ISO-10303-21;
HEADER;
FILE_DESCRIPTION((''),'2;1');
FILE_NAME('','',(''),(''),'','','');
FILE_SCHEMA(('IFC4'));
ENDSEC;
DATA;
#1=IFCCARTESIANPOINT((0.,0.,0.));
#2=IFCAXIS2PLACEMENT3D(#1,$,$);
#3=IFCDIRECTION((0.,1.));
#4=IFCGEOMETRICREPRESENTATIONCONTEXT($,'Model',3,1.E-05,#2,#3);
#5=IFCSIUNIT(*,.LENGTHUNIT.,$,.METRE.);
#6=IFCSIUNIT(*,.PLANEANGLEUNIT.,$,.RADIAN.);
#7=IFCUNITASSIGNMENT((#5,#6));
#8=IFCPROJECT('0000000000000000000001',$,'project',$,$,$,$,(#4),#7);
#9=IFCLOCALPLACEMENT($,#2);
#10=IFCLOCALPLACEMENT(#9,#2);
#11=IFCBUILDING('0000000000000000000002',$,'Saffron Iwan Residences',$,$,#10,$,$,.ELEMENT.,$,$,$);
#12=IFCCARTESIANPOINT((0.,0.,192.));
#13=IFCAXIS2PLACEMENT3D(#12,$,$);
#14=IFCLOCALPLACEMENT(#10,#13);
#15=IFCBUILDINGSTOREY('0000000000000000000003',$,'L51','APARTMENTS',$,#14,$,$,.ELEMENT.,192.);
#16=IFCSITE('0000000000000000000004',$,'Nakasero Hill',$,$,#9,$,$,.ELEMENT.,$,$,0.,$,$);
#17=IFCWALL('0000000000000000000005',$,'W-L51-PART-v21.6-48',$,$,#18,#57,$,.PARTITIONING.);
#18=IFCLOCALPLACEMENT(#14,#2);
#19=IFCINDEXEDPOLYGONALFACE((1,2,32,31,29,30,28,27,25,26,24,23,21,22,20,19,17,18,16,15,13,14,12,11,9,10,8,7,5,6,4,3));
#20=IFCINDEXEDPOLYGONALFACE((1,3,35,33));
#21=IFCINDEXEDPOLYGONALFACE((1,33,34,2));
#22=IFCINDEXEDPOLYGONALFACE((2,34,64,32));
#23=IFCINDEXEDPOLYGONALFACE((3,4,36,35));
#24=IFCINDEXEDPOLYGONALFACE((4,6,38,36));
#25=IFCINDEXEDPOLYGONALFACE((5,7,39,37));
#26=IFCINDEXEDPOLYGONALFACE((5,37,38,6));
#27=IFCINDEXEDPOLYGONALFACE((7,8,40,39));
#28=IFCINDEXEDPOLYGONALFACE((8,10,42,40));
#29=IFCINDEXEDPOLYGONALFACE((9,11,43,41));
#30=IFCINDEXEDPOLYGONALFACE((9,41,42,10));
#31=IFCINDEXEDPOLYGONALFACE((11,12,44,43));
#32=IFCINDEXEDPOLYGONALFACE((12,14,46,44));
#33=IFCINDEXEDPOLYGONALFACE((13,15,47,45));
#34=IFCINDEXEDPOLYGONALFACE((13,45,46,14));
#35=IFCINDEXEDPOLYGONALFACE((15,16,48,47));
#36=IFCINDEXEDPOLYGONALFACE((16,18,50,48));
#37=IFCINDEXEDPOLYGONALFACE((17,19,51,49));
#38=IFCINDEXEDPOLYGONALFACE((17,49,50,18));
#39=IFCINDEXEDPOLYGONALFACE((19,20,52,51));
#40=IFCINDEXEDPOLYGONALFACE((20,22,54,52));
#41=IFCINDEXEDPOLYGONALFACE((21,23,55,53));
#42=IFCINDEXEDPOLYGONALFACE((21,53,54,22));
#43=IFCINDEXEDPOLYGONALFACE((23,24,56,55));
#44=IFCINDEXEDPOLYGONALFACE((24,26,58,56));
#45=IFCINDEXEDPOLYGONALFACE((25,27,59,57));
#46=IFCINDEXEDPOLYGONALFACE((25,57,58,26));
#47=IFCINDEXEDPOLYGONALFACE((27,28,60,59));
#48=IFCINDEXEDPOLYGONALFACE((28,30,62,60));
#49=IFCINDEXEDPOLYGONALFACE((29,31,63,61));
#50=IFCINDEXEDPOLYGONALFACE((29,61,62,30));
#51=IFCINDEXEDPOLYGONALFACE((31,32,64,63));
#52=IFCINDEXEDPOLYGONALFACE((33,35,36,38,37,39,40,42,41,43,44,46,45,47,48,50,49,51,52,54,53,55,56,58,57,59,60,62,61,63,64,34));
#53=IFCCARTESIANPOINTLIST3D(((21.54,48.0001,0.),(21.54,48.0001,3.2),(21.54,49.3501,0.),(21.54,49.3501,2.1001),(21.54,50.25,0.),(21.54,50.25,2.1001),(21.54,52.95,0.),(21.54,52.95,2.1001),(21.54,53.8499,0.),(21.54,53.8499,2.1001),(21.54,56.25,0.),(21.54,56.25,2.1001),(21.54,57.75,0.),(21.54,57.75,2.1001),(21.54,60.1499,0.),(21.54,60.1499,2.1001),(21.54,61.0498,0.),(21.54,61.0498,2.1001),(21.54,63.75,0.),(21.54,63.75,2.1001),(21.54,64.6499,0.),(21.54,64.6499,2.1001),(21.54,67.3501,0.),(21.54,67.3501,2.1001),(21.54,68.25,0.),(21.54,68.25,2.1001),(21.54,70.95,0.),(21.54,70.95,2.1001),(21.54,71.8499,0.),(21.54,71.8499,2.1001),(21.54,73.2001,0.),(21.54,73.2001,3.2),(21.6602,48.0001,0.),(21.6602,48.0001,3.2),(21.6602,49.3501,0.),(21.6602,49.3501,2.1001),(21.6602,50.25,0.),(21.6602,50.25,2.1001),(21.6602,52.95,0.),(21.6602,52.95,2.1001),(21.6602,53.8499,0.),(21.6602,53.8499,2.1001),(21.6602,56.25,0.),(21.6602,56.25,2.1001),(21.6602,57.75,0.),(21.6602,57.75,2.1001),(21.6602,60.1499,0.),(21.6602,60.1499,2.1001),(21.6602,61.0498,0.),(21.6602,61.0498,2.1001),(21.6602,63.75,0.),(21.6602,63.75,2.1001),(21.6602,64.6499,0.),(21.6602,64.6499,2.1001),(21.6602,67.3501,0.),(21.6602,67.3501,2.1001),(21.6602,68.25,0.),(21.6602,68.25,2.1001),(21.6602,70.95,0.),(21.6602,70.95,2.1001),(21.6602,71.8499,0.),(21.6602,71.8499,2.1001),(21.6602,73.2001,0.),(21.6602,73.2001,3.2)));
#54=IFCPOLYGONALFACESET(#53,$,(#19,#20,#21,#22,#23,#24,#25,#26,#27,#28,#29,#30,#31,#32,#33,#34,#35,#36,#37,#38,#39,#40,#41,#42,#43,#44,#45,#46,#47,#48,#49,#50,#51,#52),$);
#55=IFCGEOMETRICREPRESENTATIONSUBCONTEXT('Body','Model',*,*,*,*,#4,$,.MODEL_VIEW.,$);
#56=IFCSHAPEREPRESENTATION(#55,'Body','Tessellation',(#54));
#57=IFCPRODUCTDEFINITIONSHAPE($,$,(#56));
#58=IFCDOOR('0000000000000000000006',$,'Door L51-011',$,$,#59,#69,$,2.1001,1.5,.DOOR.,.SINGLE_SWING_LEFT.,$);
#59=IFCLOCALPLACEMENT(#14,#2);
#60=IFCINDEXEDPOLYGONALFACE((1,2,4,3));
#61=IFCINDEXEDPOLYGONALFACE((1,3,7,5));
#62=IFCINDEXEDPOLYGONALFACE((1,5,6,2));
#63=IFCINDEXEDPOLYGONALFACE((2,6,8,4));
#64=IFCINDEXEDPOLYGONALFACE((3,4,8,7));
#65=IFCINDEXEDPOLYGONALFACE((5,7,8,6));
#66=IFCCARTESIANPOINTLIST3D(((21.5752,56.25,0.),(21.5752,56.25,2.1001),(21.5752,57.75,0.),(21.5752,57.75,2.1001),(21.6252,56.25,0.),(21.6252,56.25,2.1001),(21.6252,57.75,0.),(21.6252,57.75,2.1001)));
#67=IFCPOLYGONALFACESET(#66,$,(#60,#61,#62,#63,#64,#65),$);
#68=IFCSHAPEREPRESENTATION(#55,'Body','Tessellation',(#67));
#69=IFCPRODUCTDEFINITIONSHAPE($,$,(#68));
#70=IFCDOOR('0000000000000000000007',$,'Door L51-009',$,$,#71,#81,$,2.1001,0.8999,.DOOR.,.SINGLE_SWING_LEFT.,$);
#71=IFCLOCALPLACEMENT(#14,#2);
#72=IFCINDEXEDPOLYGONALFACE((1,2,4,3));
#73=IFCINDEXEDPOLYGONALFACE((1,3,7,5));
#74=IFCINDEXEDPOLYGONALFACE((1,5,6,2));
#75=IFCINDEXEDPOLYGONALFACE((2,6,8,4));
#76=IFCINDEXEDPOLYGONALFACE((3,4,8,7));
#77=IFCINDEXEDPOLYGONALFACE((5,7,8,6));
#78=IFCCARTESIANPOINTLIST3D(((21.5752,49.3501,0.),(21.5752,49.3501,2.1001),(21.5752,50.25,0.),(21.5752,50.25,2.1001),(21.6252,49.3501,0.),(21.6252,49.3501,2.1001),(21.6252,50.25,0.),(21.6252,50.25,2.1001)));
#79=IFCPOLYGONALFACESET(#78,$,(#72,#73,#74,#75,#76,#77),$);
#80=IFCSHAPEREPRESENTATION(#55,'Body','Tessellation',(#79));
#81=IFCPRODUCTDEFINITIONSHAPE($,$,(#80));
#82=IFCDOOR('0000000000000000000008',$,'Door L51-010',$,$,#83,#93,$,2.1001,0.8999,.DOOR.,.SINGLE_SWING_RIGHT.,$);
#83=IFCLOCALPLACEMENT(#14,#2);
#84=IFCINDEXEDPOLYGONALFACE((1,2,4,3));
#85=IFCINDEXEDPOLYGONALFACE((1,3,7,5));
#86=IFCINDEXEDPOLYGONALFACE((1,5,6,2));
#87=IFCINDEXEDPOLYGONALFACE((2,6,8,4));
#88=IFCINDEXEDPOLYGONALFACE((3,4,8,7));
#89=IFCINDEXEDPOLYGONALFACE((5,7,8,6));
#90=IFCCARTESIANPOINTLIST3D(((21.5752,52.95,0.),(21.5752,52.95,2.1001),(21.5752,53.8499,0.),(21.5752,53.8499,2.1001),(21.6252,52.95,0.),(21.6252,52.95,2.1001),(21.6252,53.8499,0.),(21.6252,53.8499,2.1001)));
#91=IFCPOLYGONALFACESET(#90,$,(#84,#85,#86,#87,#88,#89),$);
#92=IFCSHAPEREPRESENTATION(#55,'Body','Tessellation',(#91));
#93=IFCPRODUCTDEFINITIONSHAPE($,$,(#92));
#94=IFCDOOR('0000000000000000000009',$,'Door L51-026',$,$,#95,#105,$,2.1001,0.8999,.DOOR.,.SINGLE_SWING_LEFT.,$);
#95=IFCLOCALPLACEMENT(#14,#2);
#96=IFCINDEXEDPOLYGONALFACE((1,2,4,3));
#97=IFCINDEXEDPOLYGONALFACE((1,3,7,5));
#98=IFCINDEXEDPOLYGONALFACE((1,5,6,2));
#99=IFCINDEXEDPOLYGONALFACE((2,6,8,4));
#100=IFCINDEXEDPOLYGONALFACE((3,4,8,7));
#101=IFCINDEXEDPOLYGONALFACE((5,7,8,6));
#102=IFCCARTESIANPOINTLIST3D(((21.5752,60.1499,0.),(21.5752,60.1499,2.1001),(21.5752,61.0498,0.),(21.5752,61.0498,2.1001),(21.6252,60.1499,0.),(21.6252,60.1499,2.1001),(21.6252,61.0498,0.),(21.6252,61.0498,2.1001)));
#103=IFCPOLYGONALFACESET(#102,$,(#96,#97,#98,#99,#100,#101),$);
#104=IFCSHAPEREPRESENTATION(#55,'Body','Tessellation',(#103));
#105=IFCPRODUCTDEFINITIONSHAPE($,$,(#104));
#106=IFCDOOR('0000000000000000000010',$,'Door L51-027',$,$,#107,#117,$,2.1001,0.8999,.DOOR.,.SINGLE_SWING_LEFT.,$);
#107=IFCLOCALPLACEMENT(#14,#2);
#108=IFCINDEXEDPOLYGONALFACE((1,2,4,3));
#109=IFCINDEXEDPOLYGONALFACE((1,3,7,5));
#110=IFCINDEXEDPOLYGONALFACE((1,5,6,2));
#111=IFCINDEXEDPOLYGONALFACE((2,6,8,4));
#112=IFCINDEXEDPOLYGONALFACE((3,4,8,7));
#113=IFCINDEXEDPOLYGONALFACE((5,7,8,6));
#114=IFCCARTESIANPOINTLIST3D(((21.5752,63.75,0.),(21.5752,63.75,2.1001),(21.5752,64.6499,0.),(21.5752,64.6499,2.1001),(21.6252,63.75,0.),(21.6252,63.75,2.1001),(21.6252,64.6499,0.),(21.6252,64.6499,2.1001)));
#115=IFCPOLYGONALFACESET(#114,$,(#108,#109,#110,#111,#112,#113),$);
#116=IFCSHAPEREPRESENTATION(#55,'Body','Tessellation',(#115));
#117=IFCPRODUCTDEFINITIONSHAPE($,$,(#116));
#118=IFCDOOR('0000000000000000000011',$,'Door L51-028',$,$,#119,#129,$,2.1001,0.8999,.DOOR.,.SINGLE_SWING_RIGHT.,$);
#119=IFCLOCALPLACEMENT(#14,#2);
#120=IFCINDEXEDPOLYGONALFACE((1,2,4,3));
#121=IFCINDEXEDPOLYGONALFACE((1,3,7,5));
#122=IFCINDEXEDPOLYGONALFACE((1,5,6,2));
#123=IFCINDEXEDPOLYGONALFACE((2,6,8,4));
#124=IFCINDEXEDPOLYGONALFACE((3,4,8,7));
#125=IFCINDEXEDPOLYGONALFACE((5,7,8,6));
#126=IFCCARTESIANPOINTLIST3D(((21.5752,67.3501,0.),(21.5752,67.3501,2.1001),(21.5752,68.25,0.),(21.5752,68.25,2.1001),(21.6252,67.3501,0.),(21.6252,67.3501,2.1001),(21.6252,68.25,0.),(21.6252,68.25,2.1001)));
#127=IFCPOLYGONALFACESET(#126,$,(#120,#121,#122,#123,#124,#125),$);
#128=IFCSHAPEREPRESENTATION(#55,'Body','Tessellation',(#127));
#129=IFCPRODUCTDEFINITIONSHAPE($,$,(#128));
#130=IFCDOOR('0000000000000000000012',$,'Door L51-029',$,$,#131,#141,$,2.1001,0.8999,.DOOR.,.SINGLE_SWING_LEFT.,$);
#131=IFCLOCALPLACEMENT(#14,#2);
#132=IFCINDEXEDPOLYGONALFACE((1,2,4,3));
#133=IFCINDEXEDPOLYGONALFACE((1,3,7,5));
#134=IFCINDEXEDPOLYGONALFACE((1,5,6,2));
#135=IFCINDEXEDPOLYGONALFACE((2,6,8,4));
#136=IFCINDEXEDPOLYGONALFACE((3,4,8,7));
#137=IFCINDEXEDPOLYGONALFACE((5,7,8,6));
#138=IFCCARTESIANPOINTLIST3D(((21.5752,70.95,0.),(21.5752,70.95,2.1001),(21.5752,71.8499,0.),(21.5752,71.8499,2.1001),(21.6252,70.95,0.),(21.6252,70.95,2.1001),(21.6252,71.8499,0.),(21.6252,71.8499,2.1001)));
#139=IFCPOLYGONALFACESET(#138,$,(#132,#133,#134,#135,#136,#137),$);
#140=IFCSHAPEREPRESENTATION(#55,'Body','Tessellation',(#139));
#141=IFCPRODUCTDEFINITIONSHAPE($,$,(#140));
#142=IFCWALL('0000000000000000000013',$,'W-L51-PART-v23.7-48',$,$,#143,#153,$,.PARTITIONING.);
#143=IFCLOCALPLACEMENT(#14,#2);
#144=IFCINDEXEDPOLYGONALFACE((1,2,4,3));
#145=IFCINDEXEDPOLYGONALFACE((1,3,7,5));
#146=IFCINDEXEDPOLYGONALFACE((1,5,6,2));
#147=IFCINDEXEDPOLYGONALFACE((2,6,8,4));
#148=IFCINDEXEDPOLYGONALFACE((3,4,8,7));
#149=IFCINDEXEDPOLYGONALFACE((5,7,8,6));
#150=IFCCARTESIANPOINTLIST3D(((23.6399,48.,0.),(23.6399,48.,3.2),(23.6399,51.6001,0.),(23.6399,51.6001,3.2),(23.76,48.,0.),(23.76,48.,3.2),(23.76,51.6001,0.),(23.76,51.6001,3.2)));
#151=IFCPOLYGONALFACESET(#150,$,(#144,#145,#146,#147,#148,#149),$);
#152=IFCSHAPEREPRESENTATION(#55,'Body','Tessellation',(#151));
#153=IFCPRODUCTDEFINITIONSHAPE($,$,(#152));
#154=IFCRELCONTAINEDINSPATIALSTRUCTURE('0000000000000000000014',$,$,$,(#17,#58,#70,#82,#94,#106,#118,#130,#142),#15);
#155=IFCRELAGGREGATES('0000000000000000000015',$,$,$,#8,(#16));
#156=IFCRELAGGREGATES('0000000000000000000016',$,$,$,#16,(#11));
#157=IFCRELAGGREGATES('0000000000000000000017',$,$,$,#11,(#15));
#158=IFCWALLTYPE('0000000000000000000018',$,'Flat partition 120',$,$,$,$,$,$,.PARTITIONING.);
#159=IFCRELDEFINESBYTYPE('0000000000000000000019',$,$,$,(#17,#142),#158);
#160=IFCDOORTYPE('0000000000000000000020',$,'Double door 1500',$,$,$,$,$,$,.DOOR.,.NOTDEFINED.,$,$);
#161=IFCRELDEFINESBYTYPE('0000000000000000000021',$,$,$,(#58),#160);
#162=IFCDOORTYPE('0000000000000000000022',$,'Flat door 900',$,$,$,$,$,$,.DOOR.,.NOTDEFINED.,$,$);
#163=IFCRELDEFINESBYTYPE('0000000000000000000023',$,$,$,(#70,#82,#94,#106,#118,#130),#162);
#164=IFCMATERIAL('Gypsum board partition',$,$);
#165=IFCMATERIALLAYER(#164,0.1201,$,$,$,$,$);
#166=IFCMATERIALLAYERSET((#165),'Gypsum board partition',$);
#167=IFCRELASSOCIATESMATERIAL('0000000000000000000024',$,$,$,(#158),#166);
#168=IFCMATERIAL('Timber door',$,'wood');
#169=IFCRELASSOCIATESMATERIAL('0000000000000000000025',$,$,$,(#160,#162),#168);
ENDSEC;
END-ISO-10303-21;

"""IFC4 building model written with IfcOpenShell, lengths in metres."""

from ifc_helpers import new_model, si_unit, direction, frame, frame_2d, origin, place, context, subcontext, project, spatial, rectangle, extrude, material, layer, layer_set, type_object, element, fill, save


model = new_model("IFC4")

# Units and contexts
model_context = context("Model", 3, precision=1e-05, world=origin(), true_north=direction((0.0, 1.0)))
body_context = subcontext(model_context, "Body", "Model", "MODEL_VIEW")
ifc_project = project(units=[si_unit("LENGTHUNIT", "METRE"), si_unit("PLANEANGLEUNIT", "RADIAN")], contexts=[model_context])

# Site, building, storey
site_placement = place(None, origin())
site = spatial("IfcSite", under=ifc_project, at=site_placement, Name="Nakasero Hill", CompositionType="ELEMENT", RefElevation=0.0)
building_placement = place(site_placement, origin())
building = spatial("IfcBuilding", under=site, at=building_placement, Name="Saffron Iwan Residences", CompositionType="ELEMENT")
storey_placement = place(building_placement, frame((0.0, 0.0, 192.0)))
storey = spatial("IfcBuildingStorey", under=building, at=storey_placement, Name="L51", Description="APARTMENTS", CompositionType="ELEMENT", Elevation=192.0)

# Shared definitions
ifc_material_1 = material(Name="Gypsum board partition")
ifc_layer_1 = layer(ifc_material_1, 0.1201)
ifc_layer_set_1 = layer_set([ifc_layer_1], Name="Gypsum board partition")
wall_type_1 = type_object("IfcWallType", Name="Flat partition 120", PredefinedType="PARTITIONING", material=ifc_layer_set_1)

# Wall, openings, doors
wall_1_placement = place(storey_placement, frame((21.6001, 48.0, 0.0), z_axis=(0.0, 0.0, 1.0), x_axis=(0.0, 1.0, 0.0)))
wall_1 = element("IfcWall", 1, at=wall_1_placement, inside=storey, type_object=wall_type_1, Name="W-L51-PART-v21.6-48", PredefinedType="PARTITIONING", context=body_context, shape_type="SweptSolid", body=[
    extrude(rectangle(XDim=25.2, YDim=0.1201, at=frame_2d((12.6001, 0.0))), origin(), (0.0, 0.0, 1.0), 3.2),
])
opening_1_placement = place(wall_1_placement, frame((1.3501, 0.0, 0.0)))
opening_1 = element("IfcOpeningElement", 2, at=opening_1_placement, cuts=wall_1, PredefinedType="OPENING", context=body_context, shape_type="SweptSolid", body=[
    extrude(rectangle(XDim=0.8999, YDim=2.1001, at=frame_2d((0.45, 1.05))), frame((0.0, 0.0701, 0.0), z_axis=(0.0, -1.0, 0.0), x_axis=(1.0, 0.0, 0.0)), (0.0, 0.0, 1.0), 0.1401),
])
opening_2_placement = place(wall_1_placement, frame((4.95, 0.0, 0.0)))
opening_2 = element("IfcOpeningElement", 3, at=opening_2_placement, cuts=wall_1, PredefinedType="OPENING", context=body_context, shape_type="SweptSolid", body=[
    extrude(rectangle(XDim=0.8999, YDim=2.1001, at=frame_2d((0.45, 1.05))), frame((0.0, 0.0701, 0.0), z_axis=(0.0, -1.0, 0.0), x_axis=(1.0, 0.0, 0.0)), (0.0, 0.0, 1.0), 0.1401),
])
opening_3_placement = place(wall_1_placement, frame((8.25, 0.0, 0.0)))
opening_3 = element("IfcOpeningElement", 4, at=opening_3_placement, cuts=wall_1, PredefinedType="OPENING", context=body_context, shape_type="SweptSolid", body=[
    extrude(rectangle(XDim=1.5, YDim=2.1001, at=frame_2d((0.75, 1.05))), frame((0.0, 0.0701, 0.0), z_axis=(0.0, -1.0, 0.0), x_axis=(1.0, 0.0, 0.0)), (0.0, 0.0, 1.0), 0.1401),
])
opening_4_placement = place(wall_1_placement, frame((12.1499, 0.0, 0.0)))
opening_4 = element("IfcOpeningElement", 5, at=opening_4_placement, cuts=wall_1, PredefinedType="OPENING", context=body_context, shape_type="SweptSolid", body=[
    extrude(rectangle(XDim=0.8999, YDim=2.1001, at=frame_2d((0.45, 1.05))), frame((0.0, 0.0701, 0.0), z_axis=(0.0, -1.0, 0.0), x_axis=(1.0, 0.0, 0.0)), (0.0, 0.0, 1.0), 0.1401),
])
opening_5_placement = place(wall_1_placement, frame((15.75, 0.0, 0.0)))
opening_5 = element("IfcOpeningElement", 6, at=opening_5_placement, cuts=wall_1, PredefinedType="OPENING", context=body_context, shape_type="SweptSolid", body=[
    extrude(rectangle(XDim=0.8999, YDim=2.1001, at=frame_2d((0.45, 1.05))), frame((0.0, 0.0701, 0.0), z_axis=(0.0, -1.0, 0.0), x_axis=(1.0, 0.0, 0.0)), (0.0, 0.0, 1.0), 0.1401),
])
opening_6_placement = place(wall_1_placement, frame((19.3501, 0.0, 0.0)))
opening_6 = element("IfcOpeningElement", 7, at=opening_6_placement, cuts=wall_1, PredefinedType="OPENING", context=body_context, shape_type="SweptSolid", body=[
    extrude(rectangle(XDim=0.8999, YDim=2.1001, at=frame_2d((0.45, 1.05))), frame((0.0, 0.0701, 0.0), z_axis=(0.0, -1.0, 0.0), x_axis=(1.0, 0.0, 0.0)), (0.0, 0.0, 1.0), 0.1401),
])
opening_7_placement = place(wall_1_placement, frame((22.95, 0.0, 0.0)))
opening_7 = element("IfcOpeningElement", 8, at=opening_7_placement, cuts=wall_1, PredefinedType="OPENING", context=body_context, shape_type="SweptSolid", body=[
    extrude(rectangle(XDim=0.8999, YDim=2.1001, at=frame_2d((0.45, 1.05))), frame((0.0, 0.0701, 0.0), z_axis=(0.0, -1.0, 0.0), x_axis=(1.0, 0.0, 0.0)), (0.0, 0.0, 1.0), 0.1401),
])
ifc_material_2 = material(Name="Timber door", Category="wood")
door_type_1 = type_object("IfcDoorType", Name="Double door 1500", OperationType="NOTDEFINED", PredefinedType="DOOR", material=ifc_material_2)
door_1_placement = place(opening_3_placement, origin())
door_1 = element("IfcDoor", 9, at=door_1_placement, inside=storey, type_object=door_type_1, Name="Door L51-011", OperationType="SINGLE_SWING_LEFT", OverallHeight=2.1001, OverallWidth=1.5, PredefinedType="DOOR", context=body_context, shape_type="SweptSolid", body=[
    extrude(rectangle(XDim=1.5, YDim=2.1001, at=frame_2d((0.75, 1.05))), frame((0.0, 0.0249, 0.0), z_axis=(0.0, -1.0, 0.0), x_axis=(1.0, 0.0, 0.0)), (0.0, 0.0, 1.0), 0.05),
])
fill(opening_3, door_1)
door_type_2 = type_object("IfcDoorType", Name="Flat door 900", OperationType="NOTDEFINED", PredefinedType="DOOR", material=ifc_material_2)
door_2_placement = place(opening_1_placement, origin())
door_2 = element("IfcDoor", 10, at=door_2_placement, inside=storey, type_object=door_type_2, Name="Door L51-009", OperationType="SINGLE_SWING_LEFT", OverallHeight=2.1001, OverallWidth=0.8999, PredefinedType="DOOR", context=body_context, shape_type="SweptSolid", body=[
    extrude(rectangle(XDim=0.8999, YDim=2.1001, at=frame_2d((0.45, 1.05))), frame((0.0, 0.0249, 0.0), z_axis=(0.0, -1.0, 0.0), x_axis=(1.0, 0.0, 0.0)), (0.0, 0.0, 1.0), 0.05),
])
fill(opening_1, door_2)
door_3_placement = place(opening_2_placement, origin())
door_3 = element("IfcDoor", 11, at=door_3_placement, inside=storey, type_object=door_type_2, Name="Door L51-010", OperationType="SINGLE_SWING_RIGHT", OverallHeight=2.1001, OverallWidth=0.8999, PredefinedType="DOOR", context=body_context, shape_type="SweptSolid", body=[
    extrude(rectangle(XDim=0.8999, YDim=2.1001, at=frame_2d((0.45, 1.05))), frame((0.0, 0.0249, 0.0), z_axis=(0.0, -1.0, 0.0), x_axis=(1.0, 0.0, 0.0)), (0.0, 0.0, 1.0), 0.05),
])
fill(opening_2, door_3)
door_4_placement = place(opening_4_placement, origin())
door_4 = element("IfcDoor", 12, at=door_4_placement, inside=storey, type_object=door_type_2, Name="Door L51-026", OperationType="SINGLE_SWING_LEFT", OverallHeight=2.1001, OverallWidth=0.8999, PredefinedType="DOOR", context=body_context, shape_type="SweptSolid", body=[
    extrude(rectangle(XDim=0.8999, YDim=2.1001, at=frame_2d((0.45, 1.05))), frame((0.0, 0.0249, 0.0), z_axis=(0.0, -1.0, 0.0), x_axis=(1.0, 0.0, 0.0)), (0.0, 0.0, 1.0), 0.05),
])
fill(opening_4, door_4)
door_5_placement = place(opening_5_placement, origin())
door_5 = element("IfcDoor", 13, at=door_5_placement, inside=storey, type_object=door_type_2, Name="Door L51-027", OperationType="SINGLE_SWING_LEFT", OverallHeight=2.1001, OverallWidth=0.8999, PredefinedType="DOOR", context=body_context, shape_type="SweptSolid", body=[
    extrude(rectangle(XDim=0.8999, YDim=2.1001, at=frame_2d((0.45, 1.05))), frame((0.0, 0.0249, 0.0), z_axis=(0.0, -1.0, 0.0), x_axis=(1.0, 0.0, 0.0)), (0.0, 0.0, 1.0), 0.05),
])
fill(opening_5, door_5)
door_6_placement = place(opening_6_placement, origin())
door_6 = element("IfcDoor", 14, at=door_6_placement, inside=storey, type_object=door_type_2, Name="Door L51-028", OperationType="SINGLE_SWING_RIGHT", OverallHeight=2.1001, OverallWidth=0.8999, PredefinedType="DOOR", context=body_context, shape_type="SweptSolid", body=[
    extrude(rectangle(XDim=0.8999, YDim=2.1001, at=frame_2d((0.45, 1.05))), frame((0.0, 0.0249, 0.0), z_axis=(0.0, -1.0, 0.0), x_axis=(1.0, 0.0, 0.0)), (0.0, 0.0, 1.0), 0.05),
])
fill(opening_6, door_6)
door_7_placement = place(opening_7_placement, origin())
door_7 = element("IfcDoor", 15, at=door_7_placement, inside=storey, type_object=door_type_2, Name="Door L51-029", OperationType="SINGLE_SWING_LEFT", OverallHeight=2.1001, OverallWidth=0.8999, PredefinedType="DOOR", context=body_context, shape_type="SweptSolid", body=[
    extrude(rectangle(XDim=0.8999, YDim=2.1001, at=frame_2d((0.45, 1.05))), frame((0.0, 0.0249, 0.0), z_axis=(0.0, -1.0, 0.0), x_axis=(1.0, 0.0, 0.0)), (0.0, 0.0, 1.0), 0.05),
])
fill(opening_7, door_7)

# Wall
wall_2_placement = place(storey_placement, frame((23.7, 48.0, 0.0), z_axis=(0.0, 0.0, 1.0), x_axis=(0.0, 1.0, 0.0)))
element("IfcWall", 16, at=wall_2_placement, inside=storey, type_object=wall_type_1, Name="W-L51-PART-v23.7-48", PredefinedType="PARTITIONING", context=body_context, shape_type="SweptSolid", body=[
    extrude(rectangle(XDim=3.6001, YDim=0.1201, at=frame_2d((1.8, 0.0))), origin(), (0.0, 0.0, 1.0), 3.2),
])

save(model, "model.ifc")
